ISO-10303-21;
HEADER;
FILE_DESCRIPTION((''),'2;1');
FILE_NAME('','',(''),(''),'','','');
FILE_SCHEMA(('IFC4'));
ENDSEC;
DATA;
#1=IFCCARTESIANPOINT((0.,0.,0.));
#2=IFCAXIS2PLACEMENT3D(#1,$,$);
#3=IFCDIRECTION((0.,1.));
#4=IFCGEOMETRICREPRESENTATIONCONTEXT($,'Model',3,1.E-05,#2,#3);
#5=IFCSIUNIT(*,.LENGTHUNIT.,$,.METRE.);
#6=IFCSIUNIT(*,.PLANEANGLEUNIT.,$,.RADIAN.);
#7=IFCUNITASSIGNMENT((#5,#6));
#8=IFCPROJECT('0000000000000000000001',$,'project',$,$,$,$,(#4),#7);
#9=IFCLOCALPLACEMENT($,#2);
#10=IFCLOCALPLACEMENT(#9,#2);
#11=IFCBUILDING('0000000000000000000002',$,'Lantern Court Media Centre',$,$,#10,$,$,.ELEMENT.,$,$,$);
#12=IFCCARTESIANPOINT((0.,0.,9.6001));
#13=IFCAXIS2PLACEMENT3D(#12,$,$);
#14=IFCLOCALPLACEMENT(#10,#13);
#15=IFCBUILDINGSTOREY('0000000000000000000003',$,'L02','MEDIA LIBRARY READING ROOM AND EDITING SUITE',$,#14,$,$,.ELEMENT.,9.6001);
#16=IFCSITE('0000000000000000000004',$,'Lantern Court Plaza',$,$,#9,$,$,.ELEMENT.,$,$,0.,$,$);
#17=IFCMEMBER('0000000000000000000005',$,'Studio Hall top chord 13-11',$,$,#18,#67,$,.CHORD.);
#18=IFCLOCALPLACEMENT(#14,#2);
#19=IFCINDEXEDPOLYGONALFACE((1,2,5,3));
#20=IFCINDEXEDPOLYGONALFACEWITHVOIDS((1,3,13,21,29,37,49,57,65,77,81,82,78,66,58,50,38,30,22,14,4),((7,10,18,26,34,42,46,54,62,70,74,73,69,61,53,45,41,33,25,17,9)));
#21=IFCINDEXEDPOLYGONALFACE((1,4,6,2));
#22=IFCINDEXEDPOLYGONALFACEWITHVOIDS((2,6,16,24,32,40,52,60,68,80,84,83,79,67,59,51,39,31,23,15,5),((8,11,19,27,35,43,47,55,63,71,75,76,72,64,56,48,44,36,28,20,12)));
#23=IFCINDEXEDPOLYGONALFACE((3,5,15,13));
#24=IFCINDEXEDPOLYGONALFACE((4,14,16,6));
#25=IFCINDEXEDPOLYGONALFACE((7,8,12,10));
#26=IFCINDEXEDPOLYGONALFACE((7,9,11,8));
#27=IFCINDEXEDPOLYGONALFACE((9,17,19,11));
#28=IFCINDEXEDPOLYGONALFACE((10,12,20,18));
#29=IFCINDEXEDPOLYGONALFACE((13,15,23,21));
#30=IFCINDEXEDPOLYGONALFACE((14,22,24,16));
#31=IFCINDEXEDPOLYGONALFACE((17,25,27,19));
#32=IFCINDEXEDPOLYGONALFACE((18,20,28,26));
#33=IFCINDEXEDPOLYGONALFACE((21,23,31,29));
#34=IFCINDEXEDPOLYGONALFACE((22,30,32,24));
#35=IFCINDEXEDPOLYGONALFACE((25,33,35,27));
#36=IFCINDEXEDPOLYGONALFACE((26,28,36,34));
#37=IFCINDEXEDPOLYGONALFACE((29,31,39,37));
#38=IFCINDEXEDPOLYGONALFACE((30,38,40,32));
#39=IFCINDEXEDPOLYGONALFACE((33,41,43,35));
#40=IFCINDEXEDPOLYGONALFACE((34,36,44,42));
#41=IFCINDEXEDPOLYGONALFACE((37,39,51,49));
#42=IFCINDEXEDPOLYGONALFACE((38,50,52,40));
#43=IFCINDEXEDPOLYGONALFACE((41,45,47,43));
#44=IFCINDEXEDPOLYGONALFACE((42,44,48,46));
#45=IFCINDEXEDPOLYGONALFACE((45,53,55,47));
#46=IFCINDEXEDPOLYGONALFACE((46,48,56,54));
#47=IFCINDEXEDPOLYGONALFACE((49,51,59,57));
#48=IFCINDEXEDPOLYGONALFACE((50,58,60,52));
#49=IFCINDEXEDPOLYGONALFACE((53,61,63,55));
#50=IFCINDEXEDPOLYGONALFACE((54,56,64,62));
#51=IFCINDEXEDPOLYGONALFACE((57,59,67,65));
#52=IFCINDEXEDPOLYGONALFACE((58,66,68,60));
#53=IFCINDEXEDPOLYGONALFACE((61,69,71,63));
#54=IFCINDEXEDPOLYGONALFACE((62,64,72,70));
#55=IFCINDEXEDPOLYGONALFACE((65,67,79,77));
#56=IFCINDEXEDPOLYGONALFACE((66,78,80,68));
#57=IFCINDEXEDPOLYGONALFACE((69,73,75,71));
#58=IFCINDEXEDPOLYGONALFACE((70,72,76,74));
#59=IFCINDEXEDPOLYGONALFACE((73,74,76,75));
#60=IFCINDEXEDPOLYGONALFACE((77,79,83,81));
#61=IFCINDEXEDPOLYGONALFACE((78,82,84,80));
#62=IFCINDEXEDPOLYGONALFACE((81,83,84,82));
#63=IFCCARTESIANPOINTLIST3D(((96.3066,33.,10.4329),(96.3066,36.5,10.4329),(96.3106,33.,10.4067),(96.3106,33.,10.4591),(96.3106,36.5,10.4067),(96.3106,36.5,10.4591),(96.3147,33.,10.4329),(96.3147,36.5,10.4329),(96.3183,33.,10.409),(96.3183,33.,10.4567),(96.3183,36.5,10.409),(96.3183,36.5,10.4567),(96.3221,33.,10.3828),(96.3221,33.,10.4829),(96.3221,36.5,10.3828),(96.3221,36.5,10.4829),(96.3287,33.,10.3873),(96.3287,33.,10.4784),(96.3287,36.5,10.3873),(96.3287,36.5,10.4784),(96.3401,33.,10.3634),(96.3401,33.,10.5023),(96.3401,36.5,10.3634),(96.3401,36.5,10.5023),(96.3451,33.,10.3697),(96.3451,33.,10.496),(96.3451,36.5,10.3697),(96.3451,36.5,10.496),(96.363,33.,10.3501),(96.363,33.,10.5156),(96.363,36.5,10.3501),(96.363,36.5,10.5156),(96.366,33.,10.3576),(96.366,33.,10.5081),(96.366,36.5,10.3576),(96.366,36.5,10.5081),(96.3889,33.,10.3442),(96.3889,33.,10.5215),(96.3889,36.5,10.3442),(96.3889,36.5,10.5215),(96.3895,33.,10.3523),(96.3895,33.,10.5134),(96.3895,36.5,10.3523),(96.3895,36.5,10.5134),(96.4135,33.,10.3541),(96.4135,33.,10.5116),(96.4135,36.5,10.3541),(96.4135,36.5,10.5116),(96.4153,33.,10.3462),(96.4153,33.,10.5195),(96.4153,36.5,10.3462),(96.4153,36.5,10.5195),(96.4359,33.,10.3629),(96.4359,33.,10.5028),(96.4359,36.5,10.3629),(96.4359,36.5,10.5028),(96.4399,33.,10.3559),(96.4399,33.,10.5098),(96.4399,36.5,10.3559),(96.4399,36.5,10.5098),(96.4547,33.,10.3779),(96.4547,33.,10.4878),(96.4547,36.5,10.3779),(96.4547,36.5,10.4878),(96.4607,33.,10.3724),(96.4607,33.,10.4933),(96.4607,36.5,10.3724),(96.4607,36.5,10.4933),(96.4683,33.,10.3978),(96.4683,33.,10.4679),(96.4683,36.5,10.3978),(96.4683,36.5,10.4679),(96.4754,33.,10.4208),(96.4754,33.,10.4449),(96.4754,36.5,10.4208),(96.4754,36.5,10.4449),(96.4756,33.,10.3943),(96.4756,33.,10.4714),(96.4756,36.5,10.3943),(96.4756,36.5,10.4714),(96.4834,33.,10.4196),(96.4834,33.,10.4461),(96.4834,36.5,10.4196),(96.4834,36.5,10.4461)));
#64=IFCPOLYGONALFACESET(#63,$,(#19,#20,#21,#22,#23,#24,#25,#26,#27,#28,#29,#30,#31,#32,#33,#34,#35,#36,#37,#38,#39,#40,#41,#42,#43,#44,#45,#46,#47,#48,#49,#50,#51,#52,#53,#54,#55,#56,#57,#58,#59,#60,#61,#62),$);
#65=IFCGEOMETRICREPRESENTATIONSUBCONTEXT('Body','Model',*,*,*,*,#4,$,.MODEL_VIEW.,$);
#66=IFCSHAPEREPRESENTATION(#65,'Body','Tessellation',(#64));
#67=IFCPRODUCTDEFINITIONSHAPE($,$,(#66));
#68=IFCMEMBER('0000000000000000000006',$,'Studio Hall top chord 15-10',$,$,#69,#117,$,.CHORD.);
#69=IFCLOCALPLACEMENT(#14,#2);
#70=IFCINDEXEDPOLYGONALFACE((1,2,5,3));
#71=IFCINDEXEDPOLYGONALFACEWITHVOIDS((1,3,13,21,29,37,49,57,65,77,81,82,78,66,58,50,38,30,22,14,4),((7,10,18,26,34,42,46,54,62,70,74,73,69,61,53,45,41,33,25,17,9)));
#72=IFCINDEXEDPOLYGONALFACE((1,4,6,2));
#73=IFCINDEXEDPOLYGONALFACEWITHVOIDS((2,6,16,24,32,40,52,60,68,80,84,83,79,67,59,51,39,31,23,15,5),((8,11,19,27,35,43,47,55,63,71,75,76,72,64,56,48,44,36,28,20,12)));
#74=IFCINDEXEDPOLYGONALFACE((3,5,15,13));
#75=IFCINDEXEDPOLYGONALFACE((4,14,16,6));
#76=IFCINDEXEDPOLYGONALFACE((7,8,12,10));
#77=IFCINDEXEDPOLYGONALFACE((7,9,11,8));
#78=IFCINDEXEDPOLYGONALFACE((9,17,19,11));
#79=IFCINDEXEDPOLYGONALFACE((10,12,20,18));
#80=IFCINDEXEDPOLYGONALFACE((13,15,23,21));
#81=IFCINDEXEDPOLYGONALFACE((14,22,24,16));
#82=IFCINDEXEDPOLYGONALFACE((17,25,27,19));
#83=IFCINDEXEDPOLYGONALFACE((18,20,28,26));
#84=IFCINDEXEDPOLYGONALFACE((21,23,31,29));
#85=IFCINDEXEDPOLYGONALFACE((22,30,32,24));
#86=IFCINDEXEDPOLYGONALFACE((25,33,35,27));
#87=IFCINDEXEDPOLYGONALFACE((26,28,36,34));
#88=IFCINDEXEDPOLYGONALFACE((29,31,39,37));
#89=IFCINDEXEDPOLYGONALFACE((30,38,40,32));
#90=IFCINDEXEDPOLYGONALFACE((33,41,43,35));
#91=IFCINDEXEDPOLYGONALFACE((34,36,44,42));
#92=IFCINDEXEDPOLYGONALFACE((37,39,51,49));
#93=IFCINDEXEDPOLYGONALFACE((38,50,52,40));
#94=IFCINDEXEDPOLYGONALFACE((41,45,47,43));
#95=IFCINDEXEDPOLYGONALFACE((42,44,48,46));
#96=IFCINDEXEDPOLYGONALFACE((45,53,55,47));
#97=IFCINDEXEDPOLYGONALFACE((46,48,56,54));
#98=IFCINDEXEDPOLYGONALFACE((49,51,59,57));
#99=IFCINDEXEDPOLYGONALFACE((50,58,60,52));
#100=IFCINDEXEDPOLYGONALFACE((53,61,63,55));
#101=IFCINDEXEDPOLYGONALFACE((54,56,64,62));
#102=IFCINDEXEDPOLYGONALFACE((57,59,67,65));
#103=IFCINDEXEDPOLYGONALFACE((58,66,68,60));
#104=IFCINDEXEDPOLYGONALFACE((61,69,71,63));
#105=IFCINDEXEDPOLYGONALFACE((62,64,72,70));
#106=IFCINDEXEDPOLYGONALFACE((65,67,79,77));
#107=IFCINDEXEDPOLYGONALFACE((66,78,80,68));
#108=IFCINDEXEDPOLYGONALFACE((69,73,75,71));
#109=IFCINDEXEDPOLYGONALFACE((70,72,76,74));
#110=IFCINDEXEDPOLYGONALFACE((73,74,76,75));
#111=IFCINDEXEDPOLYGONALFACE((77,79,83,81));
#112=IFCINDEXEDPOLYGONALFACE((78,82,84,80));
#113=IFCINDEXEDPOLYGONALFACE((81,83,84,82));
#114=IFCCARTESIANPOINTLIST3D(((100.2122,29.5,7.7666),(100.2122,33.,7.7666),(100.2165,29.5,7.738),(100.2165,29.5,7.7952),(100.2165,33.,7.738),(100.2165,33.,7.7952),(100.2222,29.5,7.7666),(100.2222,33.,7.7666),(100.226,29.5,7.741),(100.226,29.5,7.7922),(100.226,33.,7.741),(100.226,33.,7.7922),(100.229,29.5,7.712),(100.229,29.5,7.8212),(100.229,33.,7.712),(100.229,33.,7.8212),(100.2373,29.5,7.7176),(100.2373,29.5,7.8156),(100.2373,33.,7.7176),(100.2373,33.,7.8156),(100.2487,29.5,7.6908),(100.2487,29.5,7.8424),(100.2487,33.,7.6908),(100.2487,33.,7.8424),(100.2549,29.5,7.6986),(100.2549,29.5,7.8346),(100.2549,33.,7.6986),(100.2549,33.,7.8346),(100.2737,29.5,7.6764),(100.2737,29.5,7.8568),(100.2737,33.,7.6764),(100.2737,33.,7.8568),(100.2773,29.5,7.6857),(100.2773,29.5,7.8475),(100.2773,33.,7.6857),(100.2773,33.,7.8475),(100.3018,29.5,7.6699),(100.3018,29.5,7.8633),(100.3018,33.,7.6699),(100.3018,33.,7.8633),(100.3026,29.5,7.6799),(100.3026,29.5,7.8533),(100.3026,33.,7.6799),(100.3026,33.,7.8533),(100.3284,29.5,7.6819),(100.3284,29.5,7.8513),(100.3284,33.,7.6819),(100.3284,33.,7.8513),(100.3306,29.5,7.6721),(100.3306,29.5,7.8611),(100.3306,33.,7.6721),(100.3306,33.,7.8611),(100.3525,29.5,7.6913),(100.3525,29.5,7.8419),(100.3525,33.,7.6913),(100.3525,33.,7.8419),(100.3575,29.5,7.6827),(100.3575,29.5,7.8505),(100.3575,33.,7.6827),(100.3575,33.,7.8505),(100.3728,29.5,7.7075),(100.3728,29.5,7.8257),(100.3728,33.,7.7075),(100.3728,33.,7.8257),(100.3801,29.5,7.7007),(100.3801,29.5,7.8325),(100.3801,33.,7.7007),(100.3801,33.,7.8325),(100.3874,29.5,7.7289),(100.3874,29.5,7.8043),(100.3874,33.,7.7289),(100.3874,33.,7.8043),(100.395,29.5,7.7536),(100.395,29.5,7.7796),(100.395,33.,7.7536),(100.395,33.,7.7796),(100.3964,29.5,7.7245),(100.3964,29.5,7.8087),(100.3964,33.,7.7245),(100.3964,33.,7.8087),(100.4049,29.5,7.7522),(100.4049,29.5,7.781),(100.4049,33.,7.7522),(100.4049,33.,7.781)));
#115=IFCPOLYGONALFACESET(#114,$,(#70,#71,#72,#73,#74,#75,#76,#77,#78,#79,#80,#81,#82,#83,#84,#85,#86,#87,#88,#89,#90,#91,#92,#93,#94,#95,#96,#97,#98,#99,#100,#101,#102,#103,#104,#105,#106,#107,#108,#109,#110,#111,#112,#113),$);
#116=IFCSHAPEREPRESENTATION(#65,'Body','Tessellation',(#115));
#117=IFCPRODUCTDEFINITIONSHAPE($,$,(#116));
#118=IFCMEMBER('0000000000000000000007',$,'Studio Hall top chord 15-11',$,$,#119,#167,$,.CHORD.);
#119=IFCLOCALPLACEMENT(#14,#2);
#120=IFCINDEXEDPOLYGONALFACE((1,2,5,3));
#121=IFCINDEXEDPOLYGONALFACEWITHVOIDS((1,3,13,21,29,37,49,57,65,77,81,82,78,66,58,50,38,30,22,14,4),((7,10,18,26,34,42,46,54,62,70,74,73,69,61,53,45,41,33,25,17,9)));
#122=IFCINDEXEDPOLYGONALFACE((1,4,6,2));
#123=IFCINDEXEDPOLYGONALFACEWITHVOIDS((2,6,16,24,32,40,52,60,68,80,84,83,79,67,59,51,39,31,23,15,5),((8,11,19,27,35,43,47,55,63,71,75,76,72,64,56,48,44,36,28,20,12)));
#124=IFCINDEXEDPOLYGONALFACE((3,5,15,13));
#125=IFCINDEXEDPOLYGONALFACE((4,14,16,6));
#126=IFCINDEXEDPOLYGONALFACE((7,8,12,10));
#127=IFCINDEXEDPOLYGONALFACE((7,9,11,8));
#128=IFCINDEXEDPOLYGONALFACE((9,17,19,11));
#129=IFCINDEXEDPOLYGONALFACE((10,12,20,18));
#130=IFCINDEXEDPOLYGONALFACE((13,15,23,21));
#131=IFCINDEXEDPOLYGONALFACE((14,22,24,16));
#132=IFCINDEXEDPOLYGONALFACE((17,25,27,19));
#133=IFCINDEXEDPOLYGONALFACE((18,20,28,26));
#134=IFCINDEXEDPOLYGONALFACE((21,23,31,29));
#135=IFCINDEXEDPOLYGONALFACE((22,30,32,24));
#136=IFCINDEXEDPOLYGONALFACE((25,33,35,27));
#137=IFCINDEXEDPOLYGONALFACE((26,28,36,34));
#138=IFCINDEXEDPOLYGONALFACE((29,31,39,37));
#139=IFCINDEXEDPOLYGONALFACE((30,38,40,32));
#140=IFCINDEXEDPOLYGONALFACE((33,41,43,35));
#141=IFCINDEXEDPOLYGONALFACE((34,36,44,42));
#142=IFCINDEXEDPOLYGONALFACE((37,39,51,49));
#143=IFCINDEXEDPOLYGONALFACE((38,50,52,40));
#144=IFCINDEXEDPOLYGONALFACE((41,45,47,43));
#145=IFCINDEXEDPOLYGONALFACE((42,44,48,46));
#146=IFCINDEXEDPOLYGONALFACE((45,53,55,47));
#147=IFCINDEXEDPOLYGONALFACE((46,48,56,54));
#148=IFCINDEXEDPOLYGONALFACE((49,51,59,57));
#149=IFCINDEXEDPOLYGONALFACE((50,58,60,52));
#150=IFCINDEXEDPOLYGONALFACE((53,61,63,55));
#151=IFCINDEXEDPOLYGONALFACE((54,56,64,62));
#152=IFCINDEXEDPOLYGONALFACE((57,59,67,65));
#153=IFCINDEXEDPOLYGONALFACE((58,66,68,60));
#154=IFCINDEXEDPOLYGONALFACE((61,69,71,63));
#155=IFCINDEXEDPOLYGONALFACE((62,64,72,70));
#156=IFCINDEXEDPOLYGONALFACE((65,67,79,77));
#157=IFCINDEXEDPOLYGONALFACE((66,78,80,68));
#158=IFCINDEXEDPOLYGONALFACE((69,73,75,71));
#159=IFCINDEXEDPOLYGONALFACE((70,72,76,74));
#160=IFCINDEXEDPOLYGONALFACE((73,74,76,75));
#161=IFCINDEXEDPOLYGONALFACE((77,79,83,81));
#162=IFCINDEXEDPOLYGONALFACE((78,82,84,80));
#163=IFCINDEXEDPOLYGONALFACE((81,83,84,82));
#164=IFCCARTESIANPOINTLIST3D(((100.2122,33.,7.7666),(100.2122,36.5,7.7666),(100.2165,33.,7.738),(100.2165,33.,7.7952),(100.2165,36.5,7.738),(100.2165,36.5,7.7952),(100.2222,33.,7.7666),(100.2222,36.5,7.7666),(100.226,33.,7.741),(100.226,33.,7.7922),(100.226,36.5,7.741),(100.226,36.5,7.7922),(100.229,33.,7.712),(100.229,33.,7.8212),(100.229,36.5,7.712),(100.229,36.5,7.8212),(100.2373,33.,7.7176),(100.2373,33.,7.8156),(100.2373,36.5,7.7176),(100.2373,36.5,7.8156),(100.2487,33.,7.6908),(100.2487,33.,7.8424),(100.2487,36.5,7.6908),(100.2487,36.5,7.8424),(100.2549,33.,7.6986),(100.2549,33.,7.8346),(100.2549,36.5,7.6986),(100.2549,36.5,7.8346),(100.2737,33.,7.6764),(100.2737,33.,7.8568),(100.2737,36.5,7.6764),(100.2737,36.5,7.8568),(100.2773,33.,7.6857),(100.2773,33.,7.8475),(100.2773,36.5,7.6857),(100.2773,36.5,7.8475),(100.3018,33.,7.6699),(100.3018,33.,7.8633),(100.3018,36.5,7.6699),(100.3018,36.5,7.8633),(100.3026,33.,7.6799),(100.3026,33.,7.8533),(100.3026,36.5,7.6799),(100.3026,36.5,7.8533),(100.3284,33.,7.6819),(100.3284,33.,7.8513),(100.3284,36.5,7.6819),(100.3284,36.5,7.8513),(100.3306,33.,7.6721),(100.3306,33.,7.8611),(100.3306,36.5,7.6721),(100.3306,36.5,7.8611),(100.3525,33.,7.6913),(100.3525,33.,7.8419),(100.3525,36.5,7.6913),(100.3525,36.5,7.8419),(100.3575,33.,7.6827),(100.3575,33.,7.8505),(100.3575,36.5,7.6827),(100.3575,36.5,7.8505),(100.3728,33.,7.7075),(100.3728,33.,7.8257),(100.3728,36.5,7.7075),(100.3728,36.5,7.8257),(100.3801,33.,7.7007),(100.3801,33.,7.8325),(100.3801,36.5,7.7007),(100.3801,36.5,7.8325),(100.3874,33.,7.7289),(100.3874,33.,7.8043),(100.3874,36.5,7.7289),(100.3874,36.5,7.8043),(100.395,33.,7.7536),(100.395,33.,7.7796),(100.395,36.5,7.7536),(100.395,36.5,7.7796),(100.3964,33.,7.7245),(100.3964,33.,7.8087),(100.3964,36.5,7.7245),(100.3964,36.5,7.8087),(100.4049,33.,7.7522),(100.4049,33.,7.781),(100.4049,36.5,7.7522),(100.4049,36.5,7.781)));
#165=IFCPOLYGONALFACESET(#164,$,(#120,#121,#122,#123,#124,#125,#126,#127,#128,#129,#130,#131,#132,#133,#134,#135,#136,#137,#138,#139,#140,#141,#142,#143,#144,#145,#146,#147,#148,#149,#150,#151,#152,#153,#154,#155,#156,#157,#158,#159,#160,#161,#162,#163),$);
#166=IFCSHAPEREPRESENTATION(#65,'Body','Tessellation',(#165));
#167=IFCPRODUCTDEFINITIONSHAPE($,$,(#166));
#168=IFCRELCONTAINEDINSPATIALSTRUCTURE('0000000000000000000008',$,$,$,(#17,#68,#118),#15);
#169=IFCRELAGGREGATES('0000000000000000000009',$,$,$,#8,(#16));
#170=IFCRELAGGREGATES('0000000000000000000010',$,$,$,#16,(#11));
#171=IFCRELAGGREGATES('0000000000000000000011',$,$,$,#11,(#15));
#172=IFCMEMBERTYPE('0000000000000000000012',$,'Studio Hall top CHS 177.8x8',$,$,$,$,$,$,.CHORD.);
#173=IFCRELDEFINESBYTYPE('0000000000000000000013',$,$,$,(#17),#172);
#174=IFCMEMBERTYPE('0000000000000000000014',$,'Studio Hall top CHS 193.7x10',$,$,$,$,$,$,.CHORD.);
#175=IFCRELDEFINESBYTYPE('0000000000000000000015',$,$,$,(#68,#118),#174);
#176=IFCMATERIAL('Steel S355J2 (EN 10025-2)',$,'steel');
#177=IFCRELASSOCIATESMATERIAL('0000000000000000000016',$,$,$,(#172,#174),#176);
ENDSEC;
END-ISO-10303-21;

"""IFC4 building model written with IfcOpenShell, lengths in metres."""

from ifc_helpers import new_model, si_unit, direction, frame, origin, origin_2d, place, context, subcontext, project, spatial, hollow_circle, extrude, material, material_profile, profile_set, type_object, element, save


model = new_model("IFC4")

# Units and contexts
model_context = context("Model", 3, precision=1e-05, world=origin(), true_north=direction((0.0, 1.0)))
body_context = subcontext(model_context, "Body", "Model", "MODEL_VIEW")
ifc_project = project(units=[si_unit("LENGTHUNIT", "METRE"), si_unit("PLANEANGLEUNIT", "RADIAN")], contexts=[model_context])

# Site, building, storey
site_placement = place(None, origin())
site = spatial("IfcSite", under=ifc_project, at=site_placement, Name="Lantern Court Plaza", CompositionType="ELEMENT", RefElevation=0.0)
building_placement = place(site_placement, origin())
building = spatial("IfcBuilding", under=site, at=building_placement, Name="Lantern Court Media Centre", CompositionType="ELEMENT")
storey_placement = place(building_placement, frame((0.0, 0.0, 9.6001)))
storey = spatial("IfcBuildingStorey", under=building, at=storey_placement, Name="L02", Description="MEDIA LIBRARY READING ROOM AND EDITING SUITE", CompositionType="ELEMENT", Elevation=9.6001)

# Members
ifc_material = material(Name="Steel S355J2 (EN 10025-2)", Category="steel")
ifc_material_profile_1 = material_profile(ifc_material, hollow_circle(Radius=0.0889, WallThickness=0.0081, at=origin_2d()), Name="Studio Hall top CHS 177.8x8")
ifc_profile_set_1 = profile_set([ifc_material_profile_1], Name="Steel S355J2 (EN 10025-2)")
member_type_1 = type_object("IfcMemberType", Name="Studio Hall top CHS 177.8x8", PredefinedType="CHORD", material=ifc_profile_set_1)
for number, where, z_axis, x_axis, name in (
    (1, (96.3955, 33.0, 10.4329), (0.0, 1.0, 0.0), (-1.0, 0.0, 0.0), "Studio Hall top chord 13-11"),
):
    element("IfcMember", number, at=place(storey_placement, frame(where, z_axis=z_axis, x_axis=x_axis)), inside=storey, type_object=member_type_1, Name=name, PredefinedType="CHORD", context=body_context, shape_type="SweptSolid", body=[
        extrude(hollow_circle(Radius=0.0889, WallThickness=0.0081, at=origin_2d()), origin(), (0.0, 0.0, 1.0), 3.5),
    ])
ifc_material_profile_2 = material_profile(ifc_material, hollow_circle(Radius=0.0969, WallThickness=0.01, at=origin_2d()), Name="Studio Hall top CHS 193.7x10")
ifc_profile_set_2 = profile_set([ifc_material_profile_2], Name="Steel S355J2 (EN 10025-2)")
member_type_2 = type_object("IfcMemberType", Name="Studio Hall top CHS 193.7x10", PredefinedType="CHORD", material=ifc_profile_set_2)
for number, where, z_axis, x_axis, name in (
    (2, (100.3091, 29.5, 7.7666), (0.0, 1.0, 0.0), (-1.0, 0.0, 0.0), "Studio Hall top chord 15-10"),
    (3, (100.3091, 33.0, 7.7666), (0.0, 1.0, 0.0), (-1.0, 0.0, 0.0), "Studio Hall top chord 15-11"),
):
    element("IfcMember", number, at=place(storey_placement, frame(where, z_axis=z_axis, x_axis=x_axis)), inside=storey, type_object=member_type_2, Name=name, PredefinedType="CHORD", context=body_context, shape_type="SweptSolid", body=[
        extrude(hollow_circle(Radius=0.0969, WallThickness=0.01, at=origin_2d()), origin(), (0.0, 0.0, 1.0), 3.5),
    ])

save(model, "model.ifc")
